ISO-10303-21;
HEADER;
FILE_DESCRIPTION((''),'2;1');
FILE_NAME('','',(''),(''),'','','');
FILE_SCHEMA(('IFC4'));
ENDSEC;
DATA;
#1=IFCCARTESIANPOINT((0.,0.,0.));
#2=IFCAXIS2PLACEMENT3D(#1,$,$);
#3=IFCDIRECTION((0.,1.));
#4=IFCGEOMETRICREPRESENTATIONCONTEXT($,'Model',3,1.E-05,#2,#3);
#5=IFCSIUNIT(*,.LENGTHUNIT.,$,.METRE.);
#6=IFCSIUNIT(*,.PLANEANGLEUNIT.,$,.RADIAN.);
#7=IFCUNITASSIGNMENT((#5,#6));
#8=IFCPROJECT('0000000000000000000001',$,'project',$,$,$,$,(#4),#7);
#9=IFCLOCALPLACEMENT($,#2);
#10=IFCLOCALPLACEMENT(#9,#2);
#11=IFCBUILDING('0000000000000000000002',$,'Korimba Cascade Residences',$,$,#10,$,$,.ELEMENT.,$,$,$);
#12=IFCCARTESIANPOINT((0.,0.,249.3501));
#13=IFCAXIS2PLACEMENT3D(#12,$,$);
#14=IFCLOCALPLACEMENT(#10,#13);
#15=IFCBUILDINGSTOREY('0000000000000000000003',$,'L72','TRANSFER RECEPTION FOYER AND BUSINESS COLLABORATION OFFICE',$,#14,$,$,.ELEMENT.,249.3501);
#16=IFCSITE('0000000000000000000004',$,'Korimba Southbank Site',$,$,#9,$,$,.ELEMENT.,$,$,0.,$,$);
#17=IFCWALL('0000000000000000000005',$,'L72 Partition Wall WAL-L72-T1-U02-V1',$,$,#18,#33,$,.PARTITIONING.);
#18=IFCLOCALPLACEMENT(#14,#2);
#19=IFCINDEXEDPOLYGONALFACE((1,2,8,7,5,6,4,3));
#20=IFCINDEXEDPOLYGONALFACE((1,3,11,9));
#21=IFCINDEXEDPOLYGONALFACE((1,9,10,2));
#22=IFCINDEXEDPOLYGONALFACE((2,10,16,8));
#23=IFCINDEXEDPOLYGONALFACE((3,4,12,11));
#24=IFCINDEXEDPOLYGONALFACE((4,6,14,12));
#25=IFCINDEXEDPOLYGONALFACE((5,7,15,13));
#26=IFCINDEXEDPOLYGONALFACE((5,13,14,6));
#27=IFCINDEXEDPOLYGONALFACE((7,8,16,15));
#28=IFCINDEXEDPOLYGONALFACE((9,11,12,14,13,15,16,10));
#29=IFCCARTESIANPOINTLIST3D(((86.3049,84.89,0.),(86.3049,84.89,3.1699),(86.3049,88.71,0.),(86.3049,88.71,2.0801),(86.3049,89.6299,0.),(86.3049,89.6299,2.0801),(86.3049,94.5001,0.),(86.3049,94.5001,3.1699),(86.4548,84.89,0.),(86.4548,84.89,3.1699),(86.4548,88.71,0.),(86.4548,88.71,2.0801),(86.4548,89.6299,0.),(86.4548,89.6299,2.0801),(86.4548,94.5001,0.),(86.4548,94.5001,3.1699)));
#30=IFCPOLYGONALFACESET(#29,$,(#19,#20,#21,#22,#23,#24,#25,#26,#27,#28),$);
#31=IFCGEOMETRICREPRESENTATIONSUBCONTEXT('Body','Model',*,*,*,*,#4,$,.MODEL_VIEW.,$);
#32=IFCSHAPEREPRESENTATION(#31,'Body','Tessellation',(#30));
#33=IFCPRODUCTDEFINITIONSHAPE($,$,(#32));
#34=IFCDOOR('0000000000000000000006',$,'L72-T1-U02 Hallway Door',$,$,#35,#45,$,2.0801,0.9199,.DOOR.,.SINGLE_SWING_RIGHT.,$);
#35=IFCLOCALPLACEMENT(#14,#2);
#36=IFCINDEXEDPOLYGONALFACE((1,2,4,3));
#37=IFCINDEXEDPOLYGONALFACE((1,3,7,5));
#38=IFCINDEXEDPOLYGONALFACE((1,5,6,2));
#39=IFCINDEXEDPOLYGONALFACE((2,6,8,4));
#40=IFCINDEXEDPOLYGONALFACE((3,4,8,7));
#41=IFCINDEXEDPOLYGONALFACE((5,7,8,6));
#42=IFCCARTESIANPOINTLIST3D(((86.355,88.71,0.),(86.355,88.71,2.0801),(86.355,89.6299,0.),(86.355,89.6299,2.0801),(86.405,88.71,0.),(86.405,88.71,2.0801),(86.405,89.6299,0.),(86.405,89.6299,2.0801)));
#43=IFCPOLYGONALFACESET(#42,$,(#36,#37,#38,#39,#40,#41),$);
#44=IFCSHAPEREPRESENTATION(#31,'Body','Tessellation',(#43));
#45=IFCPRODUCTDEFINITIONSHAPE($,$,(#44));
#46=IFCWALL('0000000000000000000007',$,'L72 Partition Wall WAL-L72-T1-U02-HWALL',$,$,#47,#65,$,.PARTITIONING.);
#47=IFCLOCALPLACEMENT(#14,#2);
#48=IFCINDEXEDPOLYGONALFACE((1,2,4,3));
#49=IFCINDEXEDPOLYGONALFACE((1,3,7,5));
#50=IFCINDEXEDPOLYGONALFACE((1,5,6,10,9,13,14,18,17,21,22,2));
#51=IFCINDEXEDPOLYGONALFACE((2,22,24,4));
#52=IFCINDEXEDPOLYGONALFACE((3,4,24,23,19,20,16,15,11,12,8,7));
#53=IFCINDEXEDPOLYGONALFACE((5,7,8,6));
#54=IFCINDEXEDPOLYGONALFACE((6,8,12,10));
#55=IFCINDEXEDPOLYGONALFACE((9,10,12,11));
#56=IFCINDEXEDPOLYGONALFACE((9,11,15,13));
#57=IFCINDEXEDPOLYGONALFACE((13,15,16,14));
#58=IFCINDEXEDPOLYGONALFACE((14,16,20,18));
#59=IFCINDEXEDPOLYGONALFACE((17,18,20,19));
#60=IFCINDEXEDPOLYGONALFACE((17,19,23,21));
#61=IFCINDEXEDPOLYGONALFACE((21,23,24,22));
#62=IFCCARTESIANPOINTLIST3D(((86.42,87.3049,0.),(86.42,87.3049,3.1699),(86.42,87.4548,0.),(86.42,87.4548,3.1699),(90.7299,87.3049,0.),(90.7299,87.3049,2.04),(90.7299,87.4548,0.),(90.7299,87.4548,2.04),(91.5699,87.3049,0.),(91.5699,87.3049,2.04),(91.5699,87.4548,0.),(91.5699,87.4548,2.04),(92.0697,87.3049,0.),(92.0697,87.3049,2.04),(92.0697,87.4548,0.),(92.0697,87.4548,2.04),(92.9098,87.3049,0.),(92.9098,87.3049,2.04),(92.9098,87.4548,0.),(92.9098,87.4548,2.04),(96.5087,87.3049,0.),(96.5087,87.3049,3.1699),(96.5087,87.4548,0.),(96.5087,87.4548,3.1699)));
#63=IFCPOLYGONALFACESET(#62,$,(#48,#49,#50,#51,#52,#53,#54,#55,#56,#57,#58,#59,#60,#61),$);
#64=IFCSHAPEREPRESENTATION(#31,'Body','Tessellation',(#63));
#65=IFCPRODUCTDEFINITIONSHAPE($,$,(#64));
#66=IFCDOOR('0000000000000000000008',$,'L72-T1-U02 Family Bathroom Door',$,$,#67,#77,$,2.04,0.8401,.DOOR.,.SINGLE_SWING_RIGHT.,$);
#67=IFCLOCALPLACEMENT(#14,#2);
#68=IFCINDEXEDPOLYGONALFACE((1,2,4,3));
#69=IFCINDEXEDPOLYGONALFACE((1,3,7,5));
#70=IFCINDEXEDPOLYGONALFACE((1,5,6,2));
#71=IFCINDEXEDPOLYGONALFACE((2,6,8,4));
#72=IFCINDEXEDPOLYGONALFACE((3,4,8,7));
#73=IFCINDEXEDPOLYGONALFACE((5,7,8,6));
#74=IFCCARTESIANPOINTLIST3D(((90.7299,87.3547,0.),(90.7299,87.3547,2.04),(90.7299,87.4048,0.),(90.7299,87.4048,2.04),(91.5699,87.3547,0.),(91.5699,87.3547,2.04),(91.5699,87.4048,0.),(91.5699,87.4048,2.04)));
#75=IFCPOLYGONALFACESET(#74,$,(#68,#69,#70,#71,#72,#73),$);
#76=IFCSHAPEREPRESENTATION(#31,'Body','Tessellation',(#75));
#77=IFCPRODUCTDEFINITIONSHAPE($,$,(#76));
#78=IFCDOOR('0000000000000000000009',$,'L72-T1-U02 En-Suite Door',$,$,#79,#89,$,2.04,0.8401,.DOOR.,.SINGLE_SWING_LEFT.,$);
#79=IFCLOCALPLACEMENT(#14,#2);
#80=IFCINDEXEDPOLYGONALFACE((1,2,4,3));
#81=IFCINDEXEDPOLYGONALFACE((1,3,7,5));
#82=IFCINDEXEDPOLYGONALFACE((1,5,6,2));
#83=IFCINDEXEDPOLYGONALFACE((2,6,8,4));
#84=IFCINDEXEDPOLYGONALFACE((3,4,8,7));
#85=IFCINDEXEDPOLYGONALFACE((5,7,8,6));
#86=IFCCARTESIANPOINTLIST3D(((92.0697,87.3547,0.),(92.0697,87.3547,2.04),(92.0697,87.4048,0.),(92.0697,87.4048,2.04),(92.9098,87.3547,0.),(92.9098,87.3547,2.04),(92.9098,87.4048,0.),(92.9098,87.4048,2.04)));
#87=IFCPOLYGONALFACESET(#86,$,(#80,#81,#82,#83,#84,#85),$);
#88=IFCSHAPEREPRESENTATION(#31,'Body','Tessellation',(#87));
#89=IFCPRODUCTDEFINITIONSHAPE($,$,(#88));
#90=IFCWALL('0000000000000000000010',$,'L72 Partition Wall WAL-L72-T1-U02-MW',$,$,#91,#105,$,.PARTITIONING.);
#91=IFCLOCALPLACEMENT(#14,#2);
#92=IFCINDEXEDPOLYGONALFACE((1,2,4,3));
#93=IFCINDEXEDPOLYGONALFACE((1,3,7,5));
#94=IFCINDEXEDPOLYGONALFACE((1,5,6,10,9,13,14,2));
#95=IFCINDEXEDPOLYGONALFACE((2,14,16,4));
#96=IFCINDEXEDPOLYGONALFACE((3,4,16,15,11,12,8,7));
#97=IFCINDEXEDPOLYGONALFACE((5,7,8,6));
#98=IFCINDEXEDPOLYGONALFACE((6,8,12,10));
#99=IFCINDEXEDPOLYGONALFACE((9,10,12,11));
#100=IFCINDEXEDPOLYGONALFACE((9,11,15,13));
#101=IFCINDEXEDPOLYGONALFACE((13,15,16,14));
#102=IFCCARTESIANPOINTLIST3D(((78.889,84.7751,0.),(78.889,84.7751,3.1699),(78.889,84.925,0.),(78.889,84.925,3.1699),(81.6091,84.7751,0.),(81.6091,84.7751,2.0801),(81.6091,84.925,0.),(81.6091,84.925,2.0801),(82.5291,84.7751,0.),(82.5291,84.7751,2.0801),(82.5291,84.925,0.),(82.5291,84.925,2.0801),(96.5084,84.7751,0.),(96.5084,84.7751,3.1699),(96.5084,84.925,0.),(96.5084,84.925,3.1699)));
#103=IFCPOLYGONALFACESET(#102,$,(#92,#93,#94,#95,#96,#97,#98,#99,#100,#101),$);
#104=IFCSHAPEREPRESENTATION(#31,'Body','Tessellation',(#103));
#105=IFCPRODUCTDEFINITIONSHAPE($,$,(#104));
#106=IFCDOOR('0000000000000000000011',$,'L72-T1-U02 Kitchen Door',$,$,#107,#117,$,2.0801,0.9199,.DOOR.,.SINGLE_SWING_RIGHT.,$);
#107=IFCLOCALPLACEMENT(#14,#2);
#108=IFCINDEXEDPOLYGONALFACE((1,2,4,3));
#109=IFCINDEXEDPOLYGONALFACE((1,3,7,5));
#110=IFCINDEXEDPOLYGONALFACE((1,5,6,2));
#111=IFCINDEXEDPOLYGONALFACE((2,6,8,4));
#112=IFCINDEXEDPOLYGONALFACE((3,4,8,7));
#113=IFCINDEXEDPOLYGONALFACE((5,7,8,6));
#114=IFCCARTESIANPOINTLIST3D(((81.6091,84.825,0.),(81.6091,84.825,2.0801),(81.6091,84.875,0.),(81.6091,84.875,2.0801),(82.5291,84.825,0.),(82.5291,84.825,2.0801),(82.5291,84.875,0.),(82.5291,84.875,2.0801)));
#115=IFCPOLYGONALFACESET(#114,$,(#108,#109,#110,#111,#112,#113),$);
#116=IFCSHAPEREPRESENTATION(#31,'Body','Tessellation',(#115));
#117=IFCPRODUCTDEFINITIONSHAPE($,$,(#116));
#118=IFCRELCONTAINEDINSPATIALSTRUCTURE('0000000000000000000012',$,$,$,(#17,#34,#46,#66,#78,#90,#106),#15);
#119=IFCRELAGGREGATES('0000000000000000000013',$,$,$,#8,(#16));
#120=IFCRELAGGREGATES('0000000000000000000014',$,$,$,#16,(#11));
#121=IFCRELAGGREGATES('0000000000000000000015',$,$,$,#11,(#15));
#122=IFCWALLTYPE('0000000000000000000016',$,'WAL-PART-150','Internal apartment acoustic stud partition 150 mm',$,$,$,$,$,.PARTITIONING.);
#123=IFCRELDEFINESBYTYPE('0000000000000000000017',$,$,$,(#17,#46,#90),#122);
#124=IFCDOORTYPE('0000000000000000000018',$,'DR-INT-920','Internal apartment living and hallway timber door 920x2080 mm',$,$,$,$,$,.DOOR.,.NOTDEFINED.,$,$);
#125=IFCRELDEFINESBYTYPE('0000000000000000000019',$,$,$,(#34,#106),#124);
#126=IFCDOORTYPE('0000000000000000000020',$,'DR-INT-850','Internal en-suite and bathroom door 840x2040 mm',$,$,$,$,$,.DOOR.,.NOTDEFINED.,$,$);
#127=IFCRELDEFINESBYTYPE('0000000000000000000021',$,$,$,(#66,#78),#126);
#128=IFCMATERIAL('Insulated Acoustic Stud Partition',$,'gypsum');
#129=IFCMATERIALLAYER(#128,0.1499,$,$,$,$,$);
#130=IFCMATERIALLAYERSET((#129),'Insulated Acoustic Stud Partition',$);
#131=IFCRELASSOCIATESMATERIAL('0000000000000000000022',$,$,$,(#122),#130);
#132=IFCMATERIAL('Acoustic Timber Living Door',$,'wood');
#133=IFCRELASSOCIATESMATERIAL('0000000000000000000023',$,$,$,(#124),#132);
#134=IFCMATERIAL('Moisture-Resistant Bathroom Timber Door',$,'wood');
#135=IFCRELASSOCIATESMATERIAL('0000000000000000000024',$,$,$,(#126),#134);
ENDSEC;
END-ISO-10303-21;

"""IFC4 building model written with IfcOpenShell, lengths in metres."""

from ifc_helpers import new_model, si_unit, direction, frame, frame_2d, origin, place, context, subcontext, project, spatial, rectangle, extrude, material, layer, layer_set, type_object, element, fill, save


model = new_model("IFC4")

# Units and contexts
model_context = context("Model", 3, precision=1e-05, world=origin(), true_north=direction((0.0, 1.0)))
body_context = subcontext(model_context, "Body", "Model", "MODEL_VIEW")
ifc_project = project(units=[si_unit("LENGTHUNIT", "METRE"), si_unit("PLANEANGLEUNIT", "RADIAN")], contexts=[model_context])

# Site, building, storey
site_placement = place(None, origin())
site = spatial("IfcSite", under=ifc_project, at=site_placement, Name="Korimba Southbank Site", CompositionType="ELEMENT", RefElevation=0.0)
building_placement = place(site_placement, origin())
building = spatial("IfcBuilding", under=site, at=building_placement, Name="Korimba Cascade Residences", CompositionType="ELEMENT")
storey_placement = place(building_placement, frame((0.0, 0.0, 249.3501)))
storey = spatial("IfcBuildingStorey", under=building, at=storey_placement, Name="L72", Description="TRANSFER RECEPTION FOYER AND BUSINESS COLLABORATION OFFICE", CompositionType="ELEMENT", Elevation=249.3501)

# Shared definitions
ifc_material_1 = material(Name="Insulated Acoustic Stud Partition", Category="gypsum")
ifc_layer = layer(ifc_material_1, 0.1499)
ifc_layer_set = layer_set([ifc_layer], Name="Insulated Acoustic Stud Partition")
wall_type = type_object("IfcWallType", Name="WAL-PART-150", Description="Internal apartment acoustic stud partition 150 mm", PredefinedType="PARTITIONING", material=ifc_layer_set)

# Shared definitions
ifc_material_2 = material(Name="Acoustic Timber Living Door", Category="wood")
door_type_1 = type_object("IfcDoorType", Name="DR-INT-920", Description="Internal apartment living and hallway timber door 920x2080 mm", OperationType="NOTDEFINED", PredefinedType="DOOR", material=ifc_material_2)

# Wall, opening, door
wall_1_placement = place(storey_placement, frame((86.3799, 84.8899, 0.0), z_axis=(0.0, 0.0, 1.0), x_axis=(0.0, 1.0, 0.0)))
wall_1 = element("IfcWall", 1, at=wall_1_placement, inside=storey, type_object=wall_type, Name="L72 Partition Wall WAL-L72-T1-U02-V1", PredefinedType="PARTITIONING", context=body_context, shape_type="SweptSolid", body=[
    extrude(rectangle(XDim=9.6101, YDim=0.1499, at=frame_2d((4.8052, 0.0))), origin(), (0.0, 0.0, 1.0), 3.1699),
])
opening_1_placement = place(wall_1_placement, frame((3.8201, 0.0, 0.0)))
opening_1 = element("IfcOpeningElement", 2, at=opening_1_placement, cuts=wall_1, PredefinedType="OPENING", context=body_context, shape_type="SweptSolid", body=[
    extrude(rectangle(XDim=0.9199, YDim=2.0801, at=frame_2d((0.46, 1.04))), frame((0.0, 0.085, 0.0), z_axis=(0.0, -1.0, 0.0), x_axis=(1.0, 0.0, 0.0)), (0.0, 0.0, 1.0), 0.1699),
])
door_1_placement = place(opening_1_placement, origin())
door_1 = element("IfcDoor", 3, at=door_1_placement, inside=storey, type_object=door_type_1, Name="L72-T1-U02 Hallway Door", OperationType="SINGLE_SWING_RIGHT", OverallHeight=2.0801, OverallWidth=0.9199, PredefinedType="DOOR", context=body_context, shape_type="SweptSolid", body=[
    extrude(rectangle(XDim=0.9199, YDim=2.0801, at=frame_2d((0.46, 1.04))), frame((0.0, 0.0249, 0.0), z_axis=(0.0, -1.0, 0.0), x_axis=(1.0, 0.0, 0.0)), (0.0, 0.0, 1.0), 0.05),
])
fill(opening_1, door_1)

# Wall, openings, doors
wall_2_placement = place(storey_placement, frame((86.4199, 87.3799, 0.0), z_axis=(0.0, 0.0, 1.0), x_axis=(1.0, 0.0, 0.0)))
wall_2 = element("IfcWall", 4, at=wall_2_placement, inside=storey, type_object=wall_type, Name="L72 Partition Wall WAL-L72-T1-U02-HWALL", PredefinedType="PARTITIONING", context=body_context, shape_type="SweptSolid", body=[
    extrude(rectangle(XDim=10.0886, YDim=0.1499, at=frame_2d((5.0444, 0.0))), origin(), (0.0, 0.0, 1.0), 3.1699),
])
opening_2_placement = place(wall_2_placement, frame((4.3101, 0.0, 0.0)))
opening_2 = element("IfcOpeningElement", 5, at=opening_2_placement, cuts=wall_2, PredefinedType="OPENING", context=body_context, shape_type="SweptSolid", body=[
    extrude(rectangle(XDim=0.8401, YDim=2.04, at=frame_2d((0.4199, 1.02))), frame((0.0, 0.085, 0.0), z_axis=(0.0, -1.0, 0.0), x_axis=(1.0, 0.0, 0.0)), (0.0, 0.0, 1.0), 0.1699),
])
opening_3_placement = place(wall_2_placement, frame((5.6499, 0.0, 0.0)))
opening_3 = element("IfcOpeningElement", 6, at=opening_3_placement, cuts=wall_2, PredefinedType="OPENING", context=body_context, shape_type="SweptSolid", body=[
    extrude(rectangle(XDim=0.8401, YDim=2.04, at=frame_2d((0.4199, 1.02))), frame((0.0, 0.085, 0.0), z_axis=(0.0, -1.0, 0.0), x_axis=(1.0, 0.0, 0.0)), (0.0, 0.0, 1.0), 0.1699),
])
ifc_material_3 = material(Name="Moisture-Resistant Bathroom Timber Door", Category="wood")
door_type_2 = type_object("IfcDoorType", Name="DR-INT-850", Description="Internal en-suite and bathroom door 840x2040 mm", OperationType="NOTDEFINED", PredefinedType="DOOR", material=ifc_material_3)
door_2_placement = place(opening_2_placement, origin())
door_2 = element("IfcDoor", 7, at=door_2_placement, inside=storey, type_object=door_type_2, Name="L72-T1-U02 Family Bathroom Door", OperationType="SINGLE_SWING_RIGHT", OverallHeight=2.04, OverallWidth=0.8401, PredefinedType="DOOR", context=body_context, shape_type="SweptSolid", body=[
    extrude(rectangle(XDim=0.8401, YDim=2.04, at=frame_2d((0.4199, 1.02))), frame((0.0, 0.0249, 0.0), z_axis=(0.0, -1.0, 0.0), x_axis=(1.0, 0.0, 0.0)), (0.0, 0.0, 1.0), 0.05),
])
fill(opening_2, door_2)
door_3_placement = place(opening_3_placement, origin())
door_3 = element("IfcDoor", 8, at=door_3_placement, inside=storey, type_object=door_type_2, Name="L72-T1-U02 En-Suite Door", OperationType="SINGLE_SWING_LEFT", OverallHeight=2.04, OverallWidth=0.8401, PredefinedType="DOOR", context=body_context, shape_type="SweptSolid", body=[
    extrude(rectangle(XDim=0.8401, YDim=2.04, at=frame_2d((0.4199, 1.02))), frame((0.0, 0.0249, 0.0), z_axis=(0.0, -1.0, 0.0), x_axis=(1.0, 0.0, 0.0)), (0.0, 0.0, 1.0), 0.05),
])
fill(opening_3, door_3)

# Wall, opening, door
wall_3_placement = place(storey_placement, frame((78.8892, 84.8501, 0.0), z_axis=(0.0, 0.0, 1.0), x_axis=(1.0, 0.0, 0.0)))
wall_3 = element("IfcWall", 9, at=wall_3_placement, inside=storey, type_object=wall_type, Name="L72 Partition Wall WAL-L72-T1-U02-MW", PredefinedType="PARTITIONING", context=body_context, shape_type="SweptSolid", body=[
    extrude(rectangle(XDim=17.6194, YDim=0.1499, at=frame_2d((8.8096, 0.0))), origin(), (0.0, 0.0, 1.0), 3.1699),
])
opening_4_placement = place(wall_3_placement, frame((2.72, 0.0, 0.0)))
opening_4 = element("IfcOpeningElement", 10, at=opening_4_placement, cuts=wall_3, PredefinedType="OPENING", context=body_context, shape_type="SweptSolid", body=[
    extrude(rectangle(XDim=0.9199, YDim=2.0801, at=frame_2d((0.46, 1.04))), frame((0.0, 0.085, 0.0), z_axis=(0.0, -1.0, 0.0), x_axis=(1.0, 0.0, 0.0)), (0.0, 0.0, 1.0), 0.1699),
])
door_4_placement = place(opening_4_placement, origin())
door_4 = element("IfcDoor", 11, at=door_4_placement, inside=storey, type_object=door_type_1, Name="L72-T1-U02 Kitchen Door", OperationType="SINGLE_SWING_RIGHT", OverallHeight=2.0801, OverallWidth=0.9199, PredefinedType="DOOR", context=body_context, shape_type="SweptSolid", body=[
    extrude(rectangle(XDim=0.9199, YDim=2.0801, at=frame_2d((0.46, 1.04))), frame((0.0, 0.0249, 0.0), z_axis=(0.0, -1.0, 0.0), x_axis=(1.0, 0.0, 0.0)), (0.0, 0.0, 1.0), 0.05),
])
fill(opening_4, door_4)

save(model, "model.ifc")
